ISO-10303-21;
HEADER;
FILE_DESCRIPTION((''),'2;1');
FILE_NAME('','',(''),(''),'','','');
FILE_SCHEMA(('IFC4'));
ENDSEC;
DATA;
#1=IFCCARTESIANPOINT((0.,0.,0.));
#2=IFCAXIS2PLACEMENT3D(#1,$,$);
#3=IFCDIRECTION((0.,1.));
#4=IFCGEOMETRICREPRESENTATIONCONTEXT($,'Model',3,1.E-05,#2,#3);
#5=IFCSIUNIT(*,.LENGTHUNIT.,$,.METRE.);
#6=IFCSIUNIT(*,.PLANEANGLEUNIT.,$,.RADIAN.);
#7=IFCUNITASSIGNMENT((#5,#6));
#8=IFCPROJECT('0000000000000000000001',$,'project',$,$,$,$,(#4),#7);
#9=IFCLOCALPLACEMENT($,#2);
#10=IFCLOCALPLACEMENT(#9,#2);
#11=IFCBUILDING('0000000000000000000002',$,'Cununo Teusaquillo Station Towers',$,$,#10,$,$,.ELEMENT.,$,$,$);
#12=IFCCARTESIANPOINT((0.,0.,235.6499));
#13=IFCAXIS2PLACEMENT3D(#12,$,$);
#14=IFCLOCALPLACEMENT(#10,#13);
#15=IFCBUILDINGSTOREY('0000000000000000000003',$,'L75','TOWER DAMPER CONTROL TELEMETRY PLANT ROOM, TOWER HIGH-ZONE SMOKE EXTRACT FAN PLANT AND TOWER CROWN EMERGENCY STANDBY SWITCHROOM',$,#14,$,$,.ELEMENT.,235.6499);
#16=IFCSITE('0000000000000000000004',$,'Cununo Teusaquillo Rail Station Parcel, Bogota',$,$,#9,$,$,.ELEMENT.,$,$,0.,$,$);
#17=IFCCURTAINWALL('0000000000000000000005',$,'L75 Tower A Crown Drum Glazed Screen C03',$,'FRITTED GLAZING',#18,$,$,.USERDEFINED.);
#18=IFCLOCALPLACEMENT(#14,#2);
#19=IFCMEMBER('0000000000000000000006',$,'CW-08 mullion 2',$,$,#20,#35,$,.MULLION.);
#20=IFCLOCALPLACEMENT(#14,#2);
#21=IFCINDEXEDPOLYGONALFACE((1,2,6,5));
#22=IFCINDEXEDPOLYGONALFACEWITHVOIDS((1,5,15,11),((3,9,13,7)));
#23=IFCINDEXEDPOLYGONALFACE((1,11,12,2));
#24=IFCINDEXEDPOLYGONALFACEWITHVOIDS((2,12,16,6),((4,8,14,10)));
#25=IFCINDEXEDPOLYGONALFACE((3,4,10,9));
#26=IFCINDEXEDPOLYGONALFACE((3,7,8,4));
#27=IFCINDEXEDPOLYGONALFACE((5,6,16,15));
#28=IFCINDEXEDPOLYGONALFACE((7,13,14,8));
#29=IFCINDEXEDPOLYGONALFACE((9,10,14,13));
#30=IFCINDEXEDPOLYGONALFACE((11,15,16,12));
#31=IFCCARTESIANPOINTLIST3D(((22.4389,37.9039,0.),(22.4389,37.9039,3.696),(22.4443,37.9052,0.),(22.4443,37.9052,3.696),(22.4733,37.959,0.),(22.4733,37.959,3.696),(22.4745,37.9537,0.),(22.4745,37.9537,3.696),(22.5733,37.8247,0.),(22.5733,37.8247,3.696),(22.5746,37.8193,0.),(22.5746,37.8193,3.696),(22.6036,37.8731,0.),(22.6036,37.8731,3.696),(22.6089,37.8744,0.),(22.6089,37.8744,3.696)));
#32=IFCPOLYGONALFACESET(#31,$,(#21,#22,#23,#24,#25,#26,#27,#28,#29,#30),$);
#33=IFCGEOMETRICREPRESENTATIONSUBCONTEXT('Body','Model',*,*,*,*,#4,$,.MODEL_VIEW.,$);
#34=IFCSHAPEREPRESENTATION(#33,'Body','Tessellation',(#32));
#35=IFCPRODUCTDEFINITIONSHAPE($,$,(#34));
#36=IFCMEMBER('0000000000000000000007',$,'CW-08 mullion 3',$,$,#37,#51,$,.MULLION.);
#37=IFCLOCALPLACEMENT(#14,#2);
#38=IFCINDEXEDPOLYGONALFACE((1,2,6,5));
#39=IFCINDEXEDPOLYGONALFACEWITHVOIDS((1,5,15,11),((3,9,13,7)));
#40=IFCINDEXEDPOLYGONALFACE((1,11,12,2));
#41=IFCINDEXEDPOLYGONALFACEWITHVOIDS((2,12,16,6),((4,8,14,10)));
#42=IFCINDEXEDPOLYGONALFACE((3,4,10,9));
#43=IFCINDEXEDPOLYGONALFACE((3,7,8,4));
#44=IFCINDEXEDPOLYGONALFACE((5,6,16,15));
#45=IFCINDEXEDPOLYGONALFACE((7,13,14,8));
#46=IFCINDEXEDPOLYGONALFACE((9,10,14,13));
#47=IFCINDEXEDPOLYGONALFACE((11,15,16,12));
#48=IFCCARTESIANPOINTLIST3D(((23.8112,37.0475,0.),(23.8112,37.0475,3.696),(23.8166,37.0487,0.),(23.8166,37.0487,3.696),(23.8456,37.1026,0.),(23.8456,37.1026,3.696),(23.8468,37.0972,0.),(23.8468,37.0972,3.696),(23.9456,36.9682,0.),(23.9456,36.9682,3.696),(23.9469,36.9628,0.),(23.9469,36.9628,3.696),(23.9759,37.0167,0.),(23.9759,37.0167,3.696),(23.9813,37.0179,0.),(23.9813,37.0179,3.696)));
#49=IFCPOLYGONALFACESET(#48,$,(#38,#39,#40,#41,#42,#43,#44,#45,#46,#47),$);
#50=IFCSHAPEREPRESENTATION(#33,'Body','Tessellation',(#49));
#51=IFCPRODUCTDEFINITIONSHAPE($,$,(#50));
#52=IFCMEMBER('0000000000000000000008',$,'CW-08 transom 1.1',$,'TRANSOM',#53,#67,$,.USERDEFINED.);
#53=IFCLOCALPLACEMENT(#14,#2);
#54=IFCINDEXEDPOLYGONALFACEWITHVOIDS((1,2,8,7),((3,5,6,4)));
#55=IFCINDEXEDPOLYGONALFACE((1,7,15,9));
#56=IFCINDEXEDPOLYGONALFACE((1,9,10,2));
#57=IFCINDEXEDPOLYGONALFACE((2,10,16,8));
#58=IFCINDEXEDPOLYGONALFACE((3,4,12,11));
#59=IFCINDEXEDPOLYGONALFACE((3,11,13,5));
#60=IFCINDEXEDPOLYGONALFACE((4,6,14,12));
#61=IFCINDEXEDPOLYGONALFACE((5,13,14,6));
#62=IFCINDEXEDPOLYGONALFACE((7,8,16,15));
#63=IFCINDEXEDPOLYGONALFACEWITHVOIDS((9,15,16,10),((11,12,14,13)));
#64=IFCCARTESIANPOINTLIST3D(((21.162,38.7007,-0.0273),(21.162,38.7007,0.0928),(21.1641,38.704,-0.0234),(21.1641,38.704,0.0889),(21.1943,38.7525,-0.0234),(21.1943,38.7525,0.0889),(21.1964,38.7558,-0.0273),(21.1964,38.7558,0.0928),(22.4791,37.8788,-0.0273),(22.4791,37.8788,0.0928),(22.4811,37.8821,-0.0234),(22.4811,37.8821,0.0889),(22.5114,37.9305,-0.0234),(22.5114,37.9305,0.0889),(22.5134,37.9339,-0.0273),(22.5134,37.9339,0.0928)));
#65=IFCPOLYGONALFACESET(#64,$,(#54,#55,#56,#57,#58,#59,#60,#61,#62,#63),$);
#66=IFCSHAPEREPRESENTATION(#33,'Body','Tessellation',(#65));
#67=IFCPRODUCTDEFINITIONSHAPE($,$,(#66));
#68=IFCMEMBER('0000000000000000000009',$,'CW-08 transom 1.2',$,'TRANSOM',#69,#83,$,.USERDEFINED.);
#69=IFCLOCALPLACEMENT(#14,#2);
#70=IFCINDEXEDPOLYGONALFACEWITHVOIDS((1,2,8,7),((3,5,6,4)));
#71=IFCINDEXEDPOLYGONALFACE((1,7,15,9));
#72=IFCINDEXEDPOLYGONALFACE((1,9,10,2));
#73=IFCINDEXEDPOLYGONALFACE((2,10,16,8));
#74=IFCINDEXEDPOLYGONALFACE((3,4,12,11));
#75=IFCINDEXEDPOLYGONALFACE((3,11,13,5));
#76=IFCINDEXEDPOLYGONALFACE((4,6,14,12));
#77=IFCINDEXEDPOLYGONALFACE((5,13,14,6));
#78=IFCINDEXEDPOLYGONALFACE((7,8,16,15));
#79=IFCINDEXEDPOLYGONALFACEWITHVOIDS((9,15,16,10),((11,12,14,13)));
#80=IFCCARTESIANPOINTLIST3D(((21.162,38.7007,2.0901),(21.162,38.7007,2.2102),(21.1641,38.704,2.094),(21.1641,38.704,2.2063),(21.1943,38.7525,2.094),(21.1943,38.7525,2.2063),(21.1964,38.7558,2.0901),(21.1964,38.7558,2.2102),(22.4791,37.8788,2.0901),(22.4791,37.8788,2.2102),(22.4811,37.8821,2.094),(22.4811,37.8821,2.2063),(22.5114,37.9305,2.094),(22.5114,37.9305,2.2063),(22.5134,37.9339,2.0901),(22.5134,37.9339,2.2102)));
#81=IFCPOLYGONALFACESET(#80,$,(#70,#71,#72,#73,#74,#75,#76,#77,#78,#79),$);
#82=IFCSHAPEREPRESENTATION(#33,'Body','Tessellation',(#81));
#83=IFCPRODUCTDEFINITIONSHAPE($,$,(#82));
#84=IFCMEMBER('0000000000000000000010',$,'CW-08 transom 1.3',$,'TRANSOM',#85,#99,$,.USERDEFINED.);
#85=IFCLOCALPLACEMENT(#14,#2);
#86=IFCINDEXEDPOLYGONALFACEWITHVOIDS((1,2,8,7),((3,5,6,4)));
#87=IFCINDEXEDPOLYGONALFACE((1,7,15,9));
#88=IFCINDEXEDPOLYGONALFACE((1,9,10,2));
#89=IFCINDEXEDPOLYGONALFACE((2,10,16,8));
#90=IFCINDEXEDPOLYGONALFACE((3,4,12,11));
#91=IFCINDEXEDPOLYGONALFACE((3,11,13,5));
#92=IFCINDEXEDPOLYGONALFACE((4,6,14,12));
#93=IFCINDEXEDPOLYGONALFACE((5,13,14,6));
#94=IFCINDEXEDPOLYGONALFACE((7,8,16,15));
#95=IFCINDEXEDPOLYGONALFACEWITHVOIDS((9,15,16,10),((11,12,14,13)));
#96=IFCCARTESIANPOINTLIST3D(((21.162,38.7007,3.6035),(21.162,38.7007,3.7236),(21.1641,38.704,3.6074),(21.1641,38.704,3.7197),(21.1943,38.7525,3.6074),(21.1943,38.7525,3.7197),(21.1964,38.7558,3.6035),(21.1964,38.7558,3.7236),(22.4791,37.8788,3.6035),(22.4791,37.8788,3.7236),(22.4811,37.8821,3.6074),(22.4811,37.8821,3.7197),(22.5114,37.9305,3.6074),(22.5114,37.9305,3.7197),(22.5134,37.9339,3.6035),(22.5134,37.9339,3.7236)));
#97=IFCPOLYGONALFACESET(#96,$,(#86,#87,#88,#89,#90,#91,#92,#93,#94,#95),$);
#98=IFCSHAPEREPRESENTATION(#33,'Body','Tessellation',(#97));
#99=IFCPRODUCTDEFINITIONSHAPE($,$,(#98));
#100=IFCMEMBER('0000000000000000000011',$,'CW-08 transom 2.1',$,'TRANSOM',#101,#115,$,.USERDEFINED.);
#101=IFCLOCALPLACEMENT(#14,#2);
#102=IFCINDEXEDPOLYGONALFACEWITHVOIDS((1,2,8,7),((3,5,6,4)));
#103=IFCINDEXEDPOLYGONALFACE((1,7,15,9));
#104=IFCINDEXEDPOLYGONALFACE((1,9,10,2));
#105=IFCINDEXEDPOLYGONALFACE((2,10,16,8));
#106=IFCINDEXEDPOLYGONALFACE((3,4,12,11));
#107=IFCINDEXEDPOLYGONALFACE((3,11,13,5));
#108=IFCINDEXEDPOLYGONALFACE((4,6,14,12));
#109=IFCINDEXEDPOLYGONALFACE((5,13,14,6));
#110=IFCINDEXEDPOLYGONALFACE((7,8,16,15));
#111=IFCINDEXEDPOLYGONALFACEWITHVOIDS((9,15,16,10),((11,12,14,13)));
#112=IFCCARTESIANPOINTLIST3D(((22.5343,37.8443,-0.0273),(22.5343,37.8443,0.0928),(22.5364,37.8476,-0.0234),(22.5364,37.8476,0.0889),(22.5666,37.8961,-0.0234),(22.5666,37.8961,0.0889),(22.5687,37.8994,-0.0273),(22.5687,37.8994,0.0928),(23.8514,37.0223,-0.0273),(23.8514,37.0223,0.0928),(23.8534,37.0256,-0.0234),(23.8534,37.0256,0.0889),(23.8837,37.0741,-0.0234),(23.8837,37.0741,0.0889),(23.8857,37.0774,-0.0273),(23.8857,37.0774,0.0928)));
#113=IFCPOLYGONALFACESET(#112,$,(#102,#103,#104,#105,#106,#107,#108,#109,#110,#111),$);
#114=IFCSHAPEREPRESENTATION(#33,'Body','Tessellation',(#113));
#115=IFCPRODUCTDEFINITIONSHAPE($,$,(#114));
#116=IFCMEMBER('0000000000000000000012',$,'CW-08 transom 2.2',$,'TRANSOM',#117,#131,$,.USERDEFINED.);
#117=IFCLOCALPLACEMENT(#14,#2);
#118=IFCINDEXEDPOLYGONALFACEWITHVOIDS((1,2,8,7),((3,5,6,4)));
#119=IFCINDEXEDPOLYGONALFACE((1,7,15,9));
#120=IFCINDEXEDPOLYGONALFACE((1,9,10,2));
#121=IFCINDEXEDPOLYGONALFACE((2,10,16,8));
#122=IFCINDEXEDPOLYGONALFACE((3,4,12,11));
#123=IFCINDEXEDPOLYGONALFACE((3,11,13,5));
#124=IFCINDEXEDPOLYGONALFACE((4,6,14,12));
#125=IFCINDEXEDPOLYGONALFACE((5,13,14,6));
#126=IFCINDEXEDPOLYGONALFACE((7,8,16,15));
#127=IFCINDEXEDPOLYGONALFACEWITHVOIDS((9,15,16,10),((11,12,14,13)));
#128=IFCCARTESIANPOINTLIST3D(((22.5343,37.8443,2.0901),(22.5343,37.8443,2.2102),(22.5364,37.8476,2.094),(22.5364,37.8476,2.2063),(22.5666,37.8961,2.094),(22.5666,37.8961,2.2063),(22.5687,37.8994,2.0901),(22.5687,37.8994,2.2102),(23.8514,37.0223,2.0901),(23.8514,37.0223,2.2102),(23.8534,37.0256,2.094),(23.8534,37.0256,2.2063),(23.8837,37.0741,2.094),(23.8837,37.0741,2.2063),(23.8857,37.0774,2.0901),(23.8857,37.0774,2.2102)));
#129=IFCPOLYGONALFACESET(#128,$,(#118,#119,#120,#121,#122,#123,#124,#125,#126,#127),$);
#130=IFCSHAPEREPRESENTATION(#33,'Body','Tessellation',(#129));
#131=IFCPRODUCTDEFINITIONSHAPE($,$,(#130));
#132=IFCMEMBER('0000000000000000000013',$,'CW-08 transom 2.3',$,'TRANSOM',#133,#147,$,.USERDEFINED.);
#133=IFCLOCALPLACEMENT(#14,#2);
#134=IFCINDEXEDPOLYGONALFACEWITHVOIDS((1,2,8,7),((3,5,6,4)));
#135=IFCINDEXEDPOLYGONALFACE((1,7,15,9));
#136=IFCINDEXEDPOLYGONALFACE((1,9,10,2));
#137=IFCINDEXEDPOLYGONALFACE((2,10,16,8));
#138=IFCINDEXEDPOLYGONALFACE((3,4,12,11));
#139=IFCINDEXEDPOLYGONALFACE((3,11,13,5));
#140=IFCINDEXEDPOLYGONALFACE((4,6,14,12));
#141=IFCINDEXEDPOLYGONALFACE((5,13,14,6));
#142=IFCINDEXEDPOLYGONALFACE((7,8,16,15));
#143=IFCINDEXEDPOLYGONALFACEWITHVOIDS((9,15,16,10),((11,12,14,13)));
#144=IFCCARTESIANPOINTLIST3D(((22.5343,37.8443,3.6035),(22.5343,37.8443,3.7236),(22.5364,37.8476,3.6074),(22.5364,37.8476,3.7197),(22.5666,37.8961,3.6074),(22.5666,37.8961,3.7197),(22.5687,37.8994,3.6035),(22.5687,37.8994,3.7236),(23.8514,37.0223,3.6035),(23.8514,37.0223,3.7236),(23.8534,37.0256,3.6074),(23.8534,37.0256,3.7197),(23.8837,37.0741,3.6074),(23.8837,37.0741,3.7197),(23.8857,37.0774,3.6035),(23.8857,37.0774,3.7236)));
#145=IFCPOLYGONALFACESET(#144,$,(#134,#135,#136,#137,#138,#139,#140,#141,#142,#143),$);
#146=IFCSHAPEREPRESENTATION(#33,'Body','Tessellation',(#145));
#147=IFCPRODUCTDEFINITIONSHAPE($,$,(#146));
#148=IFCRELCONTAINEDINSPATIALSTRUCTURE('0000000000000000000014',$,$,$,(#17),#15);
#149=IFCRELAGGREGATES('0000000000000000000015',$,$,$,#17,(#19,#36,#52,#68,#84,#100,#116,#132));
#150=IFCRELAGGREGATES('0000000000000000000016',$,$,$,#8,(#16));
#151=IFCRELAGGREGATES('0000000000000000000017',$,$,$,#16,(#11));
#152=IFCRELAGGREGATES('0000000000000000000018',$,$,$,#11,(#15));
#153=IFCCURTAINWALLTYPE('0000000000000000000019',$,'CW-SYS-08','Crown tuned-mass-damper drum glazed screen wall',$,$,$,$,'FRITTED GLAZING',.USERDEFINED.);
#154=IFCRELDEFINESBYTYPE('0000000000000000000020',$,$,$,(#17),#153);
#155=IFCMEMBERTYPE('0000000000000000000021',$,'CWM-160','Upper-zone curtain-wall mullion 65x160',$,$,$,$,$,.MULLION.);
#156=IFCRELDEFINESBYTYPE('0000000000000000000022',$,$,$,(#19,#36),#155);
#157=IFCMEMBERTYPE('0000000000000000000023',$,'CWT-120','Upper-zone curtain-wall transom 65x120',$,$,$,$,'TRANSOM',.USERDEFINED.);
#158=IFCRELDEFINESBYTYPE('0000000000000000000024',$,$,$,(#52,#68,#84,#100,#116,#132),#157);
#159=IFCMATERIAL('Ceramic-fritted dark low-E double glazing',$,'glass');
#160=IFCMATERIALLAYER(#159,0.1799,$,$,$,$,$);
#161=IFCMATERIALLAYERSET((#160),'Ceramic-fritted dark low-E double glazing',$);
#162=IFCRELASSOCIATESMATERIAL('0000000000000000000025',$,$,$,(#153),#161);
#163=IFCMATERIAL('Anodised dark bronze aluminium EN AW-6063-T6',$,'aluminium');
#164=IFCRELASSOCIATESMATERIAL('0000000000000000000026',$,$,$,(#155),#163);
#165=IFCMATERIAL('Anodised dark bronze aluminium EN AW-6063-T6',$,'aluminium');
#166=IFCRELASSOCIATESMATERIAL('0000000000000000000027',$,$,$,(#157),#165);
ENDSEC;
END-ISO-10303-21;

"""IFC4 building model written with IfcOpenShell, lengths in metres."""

from ifc_helpers import new_model, si_unit, direction, frame, origin, origin_2d, place, context, subcontext, project, spatial, hollow_rectangle, extrude, material, layer, layer_set, material_profile, profile_set, type_object, element, aggregate, save


model = new_model("IFC4")

# Units and contexts
model_context = context("Model", 3, precision=1e-05, world=origin(), true_north=direction((0.0, 1.0)))
body_context = subcontext(model_context, "Body", "Model", "MODEL_VIEW")
ifc_project = project(units=[si_unit("LENGTHUNIT", "METRE"), si_unit("PLANEANGLEUNIT", "RADIAN")], contexts=[model_context])

# Site, building, storey
site_placement = place(None, origin())
site = spatial("IfcSite", under=ifc_project, at=site_placement, Name="Cununo Teusaquillo Rail Station Parcel, Bogota", CompositionType="ELEMENT", RefElevation=0.0)
building_placement = place(site_placement, origin())
building = spatial("IfcBuilding", under=site, at=building_placement, Name="Cununo Teusaquillo Station Towers", CompositionType="ELEMENT")
storey_placement = place(building_placement, frame((0.0, 0.0, 235.6499)))
storey = spatial("IfcBuildingStorey", under=building, at=storey_placement, Name="L75", Description="TOWER DAMPER CONTROL TELEMETRY PLANT ROOM, TOWER HIGH-ZONE SMOKE EXTRACT FAN PLANT AND TOWER CROWN EMERGENCY STANDBY SWITCHROOM", CompositionType="ELEMENT", Elevation=235.6499)

# Curtain wall, members
ifc_material_1 = material(Name="Ceramic-fritted dark low-E double glazing", Category="glass")
ifc_layer_1 = layer(ifc_material_1, 0.1799)
ifc_layer_set_1 = layer_set([ifc_layer_1], Name="Ceramic-fritted dark low-E double glazing")
curtain_wall_type = type_object("IfcCurtainWallType", Name="CW-SYS-08", Description="Crown tuned-mass-damper drum glazed screen wall", ElementType="FRITTED GLAZING", PredefinedType="USERDEFINED", material=ifc_layer_set_1)
curtain_wall_placement = place(storey_placement, origin())
curtain_wall = element("IfcCurtainWall", 1, at=curtain_wall_placement, inside=storey, type_object=curtain_wall_type, Name="L75 Tower A Crown Drum Glazed Screen C03", ObjectType="FRITTED GLAZING", PredefinedType="USERDEFINED")
ifc_material_2 = material(Name="Anodised dark bronze aluminium EN AW-6063-T6", Category="aluminium")
ifc_material_profile_1 = material_profile(ifc_material_2, hollow_rectangle(XDim=0.0649, YDim=0.1599, WallThickness=0.0039, at=origin_2d()), Name="CW-MULL-65x160")
ifc_profile_set_1 = profile_set([ifc_material_profile_1], Name="Anodised dark bronze aluminium EN AW-6063-T6")
member_type_1 = type_object("IfcMemberType", Name="CWM-160", Description="Upper-zone curtain-wall mullion 65x160", PredefinedType="MULLION", material=ifc_profile_set_1)
member_1_placement = place(storey_placement, frame((22.5239, 37.8892, 0.0), z_axis=(0.0, 0.0, 1.0), x_axis=(0.529451, 0.84834, 0.0)))
member_1 = element("IfcMember", 2, at=member_1_placement, type_object=member_type_1, Name="CW-08 mullion 2", PredefinedType="MULLION", context=body_context, shape_type="SweptSolid", body=[
    extrude(hollow_rectangle(XDim=0.0649, YDim=0.1599, WallThickness=0.0039, at=origin_2d()), origin(), (0.0, 0.0, 1.0), 3.696),
])
member_2_placement = place(storey_placement, frame((23.8962, 37.0327, 0.0), z_axis=(0.0, 0.0, 1.0), x_axis=(0.529451, 0.84834, 0.0)))
member_2 = element("IfcMember", 3, at=member_2_placement, type_object=member_type_1, Name="CW-08 mullion 3", PredefinedType="MULLION", context=body_context, shape_type="SweptSolid", body=[
    extrude(hollow_rectangle(XDim=0.0649, YDim=0.1599, WallThickness=0.0039, at=origin_2d()), origin(), (0.0, 0.0, 1.0), 3.696),
])
ifc_material_3 = material(Name="Anodised dark bronze aluminium EN AW-6063-T6", Category="aluminium")
ifc_material_profile_2 = material_profile(ifc_material_3, hollow_rectangle(XDim=0.0649, YDim=0.1201, WallThickness=0.0039, at=origin_2d()), Name="CW-TRAN-65x120")
ifc_profile_set_2 = profile_set([ifc_material_profile_2], Name="Anodised dark bronze aluminium EN AW-6063-T6")
member_type_2 = type_object("IfcMemberType", Name="CWT-120", Description="Upper-zone curtain-wall transom 65x120", ElementType="TRANSOM", PredefinedType="USERDEFINED", material=ifc_profile_set_2)
member_3_placement = place(storey_placement, frame((21.1792, 38.7283, 0.0327), z_axis=(0.848343, -0.529448, 0.0), x_axis=(0.529448, 0.848343, 0.0)))
member_3 = element("IfcMember", 4, at=member_3_placement, type_object=member_type_2, Name="CW-08 transom 1.1", ObjectType="TRANSOM", PredefinedType="USERDEFINED", context=body_context, shape_type="SweptSolid", body=[
    extrude(hollow_rectangle(XDim=0.0649, YDim=0.1201, WallThickness=0.0039, at=origin_2d()), origin(), (0.0, 0.0, 1.0), 1.5525),
])
member_4_placement = place(storey_placement, frame((21.1792, 38.7283, 2.1501), z_axis=(0.848343, -0.529448, 0.0), x_axis=(0.529448, 0.848343, 0.0)))
member_4 = element("IfcMember", 5, at=member_4_placement, type_object=member_type_2, Name="CW-08 transom 1.2", ObjectType="TRANSOM", PredefinedType="USERDEFINED", context=body_context, shape_type="SweptSolid", body=[
    extrude(hollow_rectangle(XDim=0.0649, YDim=0.1201, WallThickness=0.0039, at=origin_2d()), origin(), (0.0, 0.0, 1.0), 1.5525),
])
member_5_placement = place(storey_placement, frame((21.1792, 38.7283, 3.6636), z_axis=(0.848343, -0.529448, 0.0), x_axis=(0.529448, 0.848343, 0.0)))
member_5 = element("IfcMember", 6, at=member_5_placement, type_object=member_type_2, Name="CW-08 transom 1.3", ObjectType="TRANSOM", PredefinedType="USERDEFINED", context=body_context, shape_type="SweptSolid", body=[
    extrude(hollow_rectangle(XDim=0.0649, YDim=0.1201, WallThickness=0.0039, at=origin_2d()), origin(), (0.0, 0.0, 1.0), 1.5525),
])
member_6_placement = place(storey_placement, frame((22.5515, 37.8718, 0.0327), z_axis=(0.848343, -0.529448, 0.0), x_axis=(0.529448, 0.848343, 0.0)))
member_6 = element("IfcMember", 7, at=member_6_placement, type_object=member_type_2, Name="CW-08 transom 2.1", ObjectType="TRANSOM", PredefinedType="USERDEFINED", context=body_context, shape_type="SweptSolid", body=[
    extrude(hollow_rectangle(XDim=0.0649, YDim=0.1201, WallThickness=0.0039, at=origin_2d()), origin(), (0.0, 0.0, 1.0), 1.5525),
])
member_7_placement = place(storey_placement, frame((22.5515, 37.8718, 2.1501), z_axis=(0.848343, -0.529448, 0.0), x_axis=(0.529448, 0.848343, 0.0)))
member_7 = element("IfcMember", 8, at=member_7_placement, type_object=member_type_2, Name="CW-08 transom 2.2", ObjectType="TRANSOM", PredefinedType="USERDEFINED", context=body_context, shape_type="SweptSolid", body=[
    extrude(hollow_rectangle(XDim=0.0649, YDim=0.1201, WallThickness=0.0039, at=origin_2d()), origin(), (0.0, 0.0, 1.0), 1.5525),
])
member_8_placement = place(storey_placement, frame((22.5515, 37.8718, 3.6636), z_axis=(0.848343, -0.529448, 0.0), x_axis=(0.529448, 0.848343, 0.0)))
member_8 = element("IfcMember", 9, at=member_8_placement, type_object=member_type_2, Name="CW-08 transom 2.3", ObjectType="TRANSOM", PredefinedType="USERDEFINED", context=body_context, shape_type="SweptSolid", body=[
    extrude(hollow_rectangle(XDim=0.0649, YDim=0.1201, WallThickness=0.0039, at=origin_2d()), origin(), (0.0, 0.0, 1.0), 1.5525),
])

aggregate(curtain_wall, [member_1, member_2, member_3, member_4, member_5, member_6, member_7, member_8])

save(model, "model.ifc")
